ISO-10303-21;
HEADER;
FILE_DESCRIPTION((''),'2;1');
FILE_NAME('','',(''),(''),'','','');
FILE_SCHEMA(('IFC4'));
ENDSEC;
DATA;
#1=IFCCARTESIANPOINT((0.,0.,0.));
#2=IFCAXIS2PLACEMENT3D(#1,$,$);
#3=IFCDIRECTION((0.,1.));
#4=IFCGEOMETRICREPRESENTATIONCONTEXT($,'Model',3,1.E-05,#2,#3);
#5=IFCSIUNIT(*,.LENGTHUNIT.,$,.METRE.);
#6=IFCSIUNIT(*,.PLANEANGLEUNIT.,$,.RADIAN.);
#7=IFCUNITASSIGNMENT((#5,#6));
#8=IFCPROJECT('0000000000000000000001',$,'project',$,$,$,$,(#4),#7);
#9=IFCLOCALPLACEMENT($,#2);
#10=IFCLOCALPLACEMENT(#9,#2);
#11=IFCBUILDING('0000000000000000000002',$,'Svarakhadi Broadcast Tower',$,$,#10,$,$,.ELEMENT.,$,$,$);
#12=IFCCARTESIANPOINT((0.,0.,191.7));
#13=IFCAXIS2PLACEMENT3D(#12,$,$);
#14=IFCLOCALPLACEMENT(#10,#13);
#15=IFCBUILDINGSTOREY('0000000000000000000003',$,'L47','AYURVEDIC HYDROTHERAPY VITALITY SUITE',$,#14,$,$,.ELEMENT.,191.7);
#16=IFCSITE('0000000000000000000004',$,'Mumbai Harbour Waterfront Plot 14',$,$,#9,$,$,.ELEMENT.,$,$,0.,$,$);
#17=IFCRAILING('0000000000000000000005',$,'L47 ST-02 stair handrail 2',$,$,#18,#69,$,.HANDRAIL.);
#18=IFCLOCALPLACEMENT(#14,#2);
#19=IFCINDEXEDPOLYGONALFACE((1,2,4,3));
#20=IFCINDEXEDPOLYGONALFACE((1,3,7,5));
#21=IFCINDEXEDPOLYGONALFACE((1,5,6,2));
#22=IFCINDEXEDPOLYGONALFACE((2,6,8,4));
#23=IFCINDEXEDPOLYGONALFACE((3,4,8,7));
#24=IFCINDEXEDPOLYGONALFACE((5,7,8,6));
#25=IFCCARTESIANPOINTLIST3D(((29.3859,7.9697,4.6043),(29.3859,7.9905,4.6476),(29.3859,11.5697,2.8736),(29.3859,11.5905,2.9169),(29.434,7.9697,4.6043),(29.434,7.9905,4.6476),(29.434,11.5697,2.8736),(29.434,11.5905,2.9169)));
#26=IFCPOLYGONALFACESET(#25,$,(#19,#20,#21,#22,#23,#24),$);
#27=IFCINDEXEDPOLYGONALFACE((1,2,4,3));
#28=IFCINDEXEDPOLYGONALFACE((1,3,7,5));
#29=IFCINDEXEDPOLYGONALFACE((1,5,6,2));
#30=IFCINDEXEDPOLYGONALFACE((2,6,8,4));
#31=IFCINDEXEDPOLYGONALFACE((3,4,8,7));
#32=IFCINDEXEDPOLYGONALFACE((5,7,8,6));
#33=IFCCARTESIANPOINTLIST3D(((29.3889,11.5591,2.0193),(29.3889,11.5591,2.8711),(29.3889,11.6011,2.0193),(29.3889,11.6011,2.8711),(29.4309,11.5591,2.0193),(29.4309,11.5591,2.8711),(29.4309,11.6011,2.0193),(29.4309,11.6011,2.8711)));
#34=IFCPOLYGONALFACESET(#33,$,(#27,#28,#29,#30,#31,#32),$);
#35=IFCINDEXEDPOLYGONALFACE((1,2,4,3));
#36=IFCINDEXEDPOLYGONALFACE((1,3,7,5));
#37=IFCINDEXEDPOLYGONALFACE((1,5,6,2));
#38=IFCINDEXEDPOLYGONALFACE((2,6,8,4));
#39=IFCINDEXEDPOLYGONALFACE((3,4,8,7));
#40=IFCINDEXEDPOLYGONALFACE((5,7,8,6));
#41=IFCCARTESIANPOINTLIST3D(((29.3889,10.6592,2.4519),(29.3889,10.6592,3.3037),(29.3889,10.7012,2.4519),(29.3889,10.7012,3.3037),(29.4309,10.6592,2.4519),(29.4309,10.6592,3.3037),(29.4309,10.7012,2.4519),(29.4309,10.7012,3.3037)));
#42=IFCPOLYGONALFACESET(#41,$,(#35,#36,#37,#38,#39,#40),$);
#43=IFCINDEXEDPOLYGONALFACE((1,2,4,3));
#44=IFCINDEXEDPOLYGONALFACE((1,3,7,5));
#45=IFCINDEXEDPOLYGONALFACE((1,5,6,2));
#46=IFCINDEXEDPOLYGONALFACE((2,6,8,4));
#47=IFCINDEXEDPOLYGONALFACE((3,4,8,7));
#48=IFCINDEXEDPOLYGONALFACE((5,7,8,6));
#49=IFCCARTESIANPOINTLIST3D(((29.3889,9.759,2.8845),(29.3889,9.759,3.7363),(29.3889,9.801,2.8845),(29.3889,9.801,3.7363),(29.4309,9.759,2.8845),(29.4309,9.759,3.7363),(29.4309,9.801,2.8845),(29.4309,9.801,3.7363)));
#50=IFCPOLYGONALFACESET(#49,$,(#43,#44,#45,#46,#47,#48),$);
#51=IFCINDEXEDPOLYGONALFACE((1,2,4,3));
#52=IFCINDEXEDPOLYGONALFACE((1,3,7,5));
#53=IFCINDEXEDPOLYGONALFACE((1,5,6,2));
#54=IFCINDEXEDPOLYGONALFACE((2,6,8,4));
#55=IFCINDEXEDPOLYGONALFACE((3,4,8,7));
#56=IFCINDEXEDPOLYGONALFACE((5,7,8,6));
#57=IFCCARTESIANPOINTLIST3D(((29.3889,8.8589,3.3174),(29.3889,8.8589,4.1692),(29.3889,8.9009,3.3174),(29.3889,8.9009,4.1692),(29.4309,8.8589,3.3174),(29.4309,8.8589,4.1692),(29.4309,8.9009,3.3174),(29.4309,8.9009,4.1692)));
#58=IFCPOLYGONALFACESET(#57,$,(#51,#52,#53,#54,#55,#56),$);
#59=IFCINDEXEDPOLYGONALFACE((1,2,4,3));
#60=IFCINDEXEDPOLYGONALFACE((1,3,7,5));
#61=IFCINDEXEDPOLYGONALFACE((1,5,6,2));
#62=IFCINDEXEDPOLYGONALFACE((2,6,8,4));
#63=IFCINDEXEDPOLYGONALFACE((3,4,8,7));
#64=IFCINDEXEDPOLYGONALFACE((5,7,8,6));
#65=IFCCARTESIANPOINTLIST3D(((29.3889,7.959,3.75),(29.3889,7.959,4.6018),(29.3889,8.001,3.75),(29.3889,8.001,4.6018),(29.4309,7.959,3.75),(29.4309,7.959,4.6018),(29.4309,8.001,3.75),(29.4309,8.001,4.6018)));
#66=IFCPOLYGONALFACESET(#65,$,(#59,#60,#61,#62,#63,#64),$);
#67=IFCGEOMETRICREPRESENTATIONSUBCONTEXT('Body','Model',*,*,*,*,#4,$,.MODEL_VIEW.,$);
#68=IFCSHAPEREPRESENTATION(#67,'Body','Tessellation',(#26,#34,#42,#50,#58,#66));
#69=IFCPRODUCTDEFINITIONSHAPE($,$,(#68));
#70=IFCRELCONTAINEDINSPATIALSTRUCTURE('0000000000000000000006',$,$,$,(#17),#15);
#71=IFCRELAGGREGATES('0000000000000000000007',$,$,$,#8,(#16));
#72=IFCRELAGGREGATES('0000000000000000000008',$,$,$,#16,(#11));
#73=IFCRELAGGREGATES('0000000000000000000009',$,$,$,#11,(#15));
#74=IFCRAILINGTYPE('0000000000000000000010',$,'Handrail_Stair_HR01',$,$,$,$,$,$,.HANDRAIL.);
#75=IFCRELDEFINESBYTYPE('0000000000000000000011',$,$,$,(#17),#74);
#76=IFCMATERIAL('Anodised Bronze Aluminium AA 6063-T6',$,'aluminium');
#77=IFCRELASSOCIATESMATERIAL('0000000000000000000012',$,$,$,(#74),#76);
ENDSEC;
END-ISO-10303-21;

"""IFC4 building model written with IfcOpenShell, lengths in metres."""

from ifc_helpers import new_model, si_unit, direction, frame, origin, origin_2d, place, context, subcontext, project, spatial, rectangle, extrude, material, type_object, element, save


model = new_model("IFC4")

# Units and contexts
model_context = context("Model", 3, precision=1e-05, world=origin(), true_north=direction((0.0, 1.0)))
body_context = subcontext(model_context, "Body", "Model", "MODEL_VIEW")
ifc_project = project(units=[si_unit("LENGTHUNIT", "METRE"), si_unit("PLANEANGLEUNIT", "RADIAN")], contexts=[model_context])

# Site, building, storey
site_placement = place(None, origin())
site = spatial("IfcSite", under=ifc_project, at=site_placement, Name="Mumbai Harbour Waterfront Plot 14", CompositionType="ELEMENT", RefElevation=0.0)
building_placement = place(site_placement, origin())
building = spatial("IfcBuilding", under=site, at=building_placement, Name="Svarakhadi Broadcast Tower", CompositionType="ELEMENT")
storey_placement = place(building_placement, frame((0.0, 0.0, 191.7)))
storey = spatial("IfcBuildingStorey", under=building, at=storey_placement, Name="L47", Description="AYURVEDIC HYDROTHERAPY VITALITY SUITE", CompositionType="ELEMENT", Elevation=191.7)

# Shared definitions
ifc_material_1 = material(Name="Anodised Bronze Aluminium AA 6063-T6", Category="aluminium")

# Railing
railing_type = type_object("IfcRailingType", Name="Handrail_Stair_HR01", PredefinedType="HANDRAIL", material=ifc_material_1)
railing_placement = place(storey_placement, frame((29.4099, 11.5801, 2.0193)))
element("IfcRailing", 1, at=railing_placement, inside=storey, type_object=railing_type, Name="L47 ST-02 stair handrail 2", PredefinedType="HANDRAIL", context=body_context, shape_type="SweptSolid", body=[
    extrude(rectangle(XDim=0.0481, YDim=0.0481, at=origin_2d()), frame((0.0, 0.0, 0.876), z_axis=(0.0, -0.901263, 0.433273), x_axis=(1.0, 0.0, 0.0)), (0.0, 0.0, 1.0), 3.9944),
    extrude(rectangle(XDim=0.042, YDim=0.042, at=origin_2d()), origin(), (0.0, 0.0, 1.0), 0.8518),
    extrude(rectangle(XDim=0.042, YDim=0.042, at=origin_2d()), frame((0.0, -0.8999, 0.4326)), (0.0, 0.0, 1.0), 0.8518),
    extrude(rectangle(XDim=0.042, YDim=0.042, at=origin_2d()), frame((0.0, -1.8, 0.8652)), (0.0, 0.0, 1.0), 0.8518),
    extrude(rectangle(XDim=0.042, YDim=0.042, at=origin_2d()), frame((0.0, -2.7002, 1.2981)), (0.0, 0.0, 1.0), 0.8518),
    extrude(rectangle(XDim=0.042, YDim=0.042, at=origin_2d()), frame((0.0, -3.6001, 1.7307)), (0.0, 0.0, 1.0), 0.8518),
])

save(model, "model.ifc")
